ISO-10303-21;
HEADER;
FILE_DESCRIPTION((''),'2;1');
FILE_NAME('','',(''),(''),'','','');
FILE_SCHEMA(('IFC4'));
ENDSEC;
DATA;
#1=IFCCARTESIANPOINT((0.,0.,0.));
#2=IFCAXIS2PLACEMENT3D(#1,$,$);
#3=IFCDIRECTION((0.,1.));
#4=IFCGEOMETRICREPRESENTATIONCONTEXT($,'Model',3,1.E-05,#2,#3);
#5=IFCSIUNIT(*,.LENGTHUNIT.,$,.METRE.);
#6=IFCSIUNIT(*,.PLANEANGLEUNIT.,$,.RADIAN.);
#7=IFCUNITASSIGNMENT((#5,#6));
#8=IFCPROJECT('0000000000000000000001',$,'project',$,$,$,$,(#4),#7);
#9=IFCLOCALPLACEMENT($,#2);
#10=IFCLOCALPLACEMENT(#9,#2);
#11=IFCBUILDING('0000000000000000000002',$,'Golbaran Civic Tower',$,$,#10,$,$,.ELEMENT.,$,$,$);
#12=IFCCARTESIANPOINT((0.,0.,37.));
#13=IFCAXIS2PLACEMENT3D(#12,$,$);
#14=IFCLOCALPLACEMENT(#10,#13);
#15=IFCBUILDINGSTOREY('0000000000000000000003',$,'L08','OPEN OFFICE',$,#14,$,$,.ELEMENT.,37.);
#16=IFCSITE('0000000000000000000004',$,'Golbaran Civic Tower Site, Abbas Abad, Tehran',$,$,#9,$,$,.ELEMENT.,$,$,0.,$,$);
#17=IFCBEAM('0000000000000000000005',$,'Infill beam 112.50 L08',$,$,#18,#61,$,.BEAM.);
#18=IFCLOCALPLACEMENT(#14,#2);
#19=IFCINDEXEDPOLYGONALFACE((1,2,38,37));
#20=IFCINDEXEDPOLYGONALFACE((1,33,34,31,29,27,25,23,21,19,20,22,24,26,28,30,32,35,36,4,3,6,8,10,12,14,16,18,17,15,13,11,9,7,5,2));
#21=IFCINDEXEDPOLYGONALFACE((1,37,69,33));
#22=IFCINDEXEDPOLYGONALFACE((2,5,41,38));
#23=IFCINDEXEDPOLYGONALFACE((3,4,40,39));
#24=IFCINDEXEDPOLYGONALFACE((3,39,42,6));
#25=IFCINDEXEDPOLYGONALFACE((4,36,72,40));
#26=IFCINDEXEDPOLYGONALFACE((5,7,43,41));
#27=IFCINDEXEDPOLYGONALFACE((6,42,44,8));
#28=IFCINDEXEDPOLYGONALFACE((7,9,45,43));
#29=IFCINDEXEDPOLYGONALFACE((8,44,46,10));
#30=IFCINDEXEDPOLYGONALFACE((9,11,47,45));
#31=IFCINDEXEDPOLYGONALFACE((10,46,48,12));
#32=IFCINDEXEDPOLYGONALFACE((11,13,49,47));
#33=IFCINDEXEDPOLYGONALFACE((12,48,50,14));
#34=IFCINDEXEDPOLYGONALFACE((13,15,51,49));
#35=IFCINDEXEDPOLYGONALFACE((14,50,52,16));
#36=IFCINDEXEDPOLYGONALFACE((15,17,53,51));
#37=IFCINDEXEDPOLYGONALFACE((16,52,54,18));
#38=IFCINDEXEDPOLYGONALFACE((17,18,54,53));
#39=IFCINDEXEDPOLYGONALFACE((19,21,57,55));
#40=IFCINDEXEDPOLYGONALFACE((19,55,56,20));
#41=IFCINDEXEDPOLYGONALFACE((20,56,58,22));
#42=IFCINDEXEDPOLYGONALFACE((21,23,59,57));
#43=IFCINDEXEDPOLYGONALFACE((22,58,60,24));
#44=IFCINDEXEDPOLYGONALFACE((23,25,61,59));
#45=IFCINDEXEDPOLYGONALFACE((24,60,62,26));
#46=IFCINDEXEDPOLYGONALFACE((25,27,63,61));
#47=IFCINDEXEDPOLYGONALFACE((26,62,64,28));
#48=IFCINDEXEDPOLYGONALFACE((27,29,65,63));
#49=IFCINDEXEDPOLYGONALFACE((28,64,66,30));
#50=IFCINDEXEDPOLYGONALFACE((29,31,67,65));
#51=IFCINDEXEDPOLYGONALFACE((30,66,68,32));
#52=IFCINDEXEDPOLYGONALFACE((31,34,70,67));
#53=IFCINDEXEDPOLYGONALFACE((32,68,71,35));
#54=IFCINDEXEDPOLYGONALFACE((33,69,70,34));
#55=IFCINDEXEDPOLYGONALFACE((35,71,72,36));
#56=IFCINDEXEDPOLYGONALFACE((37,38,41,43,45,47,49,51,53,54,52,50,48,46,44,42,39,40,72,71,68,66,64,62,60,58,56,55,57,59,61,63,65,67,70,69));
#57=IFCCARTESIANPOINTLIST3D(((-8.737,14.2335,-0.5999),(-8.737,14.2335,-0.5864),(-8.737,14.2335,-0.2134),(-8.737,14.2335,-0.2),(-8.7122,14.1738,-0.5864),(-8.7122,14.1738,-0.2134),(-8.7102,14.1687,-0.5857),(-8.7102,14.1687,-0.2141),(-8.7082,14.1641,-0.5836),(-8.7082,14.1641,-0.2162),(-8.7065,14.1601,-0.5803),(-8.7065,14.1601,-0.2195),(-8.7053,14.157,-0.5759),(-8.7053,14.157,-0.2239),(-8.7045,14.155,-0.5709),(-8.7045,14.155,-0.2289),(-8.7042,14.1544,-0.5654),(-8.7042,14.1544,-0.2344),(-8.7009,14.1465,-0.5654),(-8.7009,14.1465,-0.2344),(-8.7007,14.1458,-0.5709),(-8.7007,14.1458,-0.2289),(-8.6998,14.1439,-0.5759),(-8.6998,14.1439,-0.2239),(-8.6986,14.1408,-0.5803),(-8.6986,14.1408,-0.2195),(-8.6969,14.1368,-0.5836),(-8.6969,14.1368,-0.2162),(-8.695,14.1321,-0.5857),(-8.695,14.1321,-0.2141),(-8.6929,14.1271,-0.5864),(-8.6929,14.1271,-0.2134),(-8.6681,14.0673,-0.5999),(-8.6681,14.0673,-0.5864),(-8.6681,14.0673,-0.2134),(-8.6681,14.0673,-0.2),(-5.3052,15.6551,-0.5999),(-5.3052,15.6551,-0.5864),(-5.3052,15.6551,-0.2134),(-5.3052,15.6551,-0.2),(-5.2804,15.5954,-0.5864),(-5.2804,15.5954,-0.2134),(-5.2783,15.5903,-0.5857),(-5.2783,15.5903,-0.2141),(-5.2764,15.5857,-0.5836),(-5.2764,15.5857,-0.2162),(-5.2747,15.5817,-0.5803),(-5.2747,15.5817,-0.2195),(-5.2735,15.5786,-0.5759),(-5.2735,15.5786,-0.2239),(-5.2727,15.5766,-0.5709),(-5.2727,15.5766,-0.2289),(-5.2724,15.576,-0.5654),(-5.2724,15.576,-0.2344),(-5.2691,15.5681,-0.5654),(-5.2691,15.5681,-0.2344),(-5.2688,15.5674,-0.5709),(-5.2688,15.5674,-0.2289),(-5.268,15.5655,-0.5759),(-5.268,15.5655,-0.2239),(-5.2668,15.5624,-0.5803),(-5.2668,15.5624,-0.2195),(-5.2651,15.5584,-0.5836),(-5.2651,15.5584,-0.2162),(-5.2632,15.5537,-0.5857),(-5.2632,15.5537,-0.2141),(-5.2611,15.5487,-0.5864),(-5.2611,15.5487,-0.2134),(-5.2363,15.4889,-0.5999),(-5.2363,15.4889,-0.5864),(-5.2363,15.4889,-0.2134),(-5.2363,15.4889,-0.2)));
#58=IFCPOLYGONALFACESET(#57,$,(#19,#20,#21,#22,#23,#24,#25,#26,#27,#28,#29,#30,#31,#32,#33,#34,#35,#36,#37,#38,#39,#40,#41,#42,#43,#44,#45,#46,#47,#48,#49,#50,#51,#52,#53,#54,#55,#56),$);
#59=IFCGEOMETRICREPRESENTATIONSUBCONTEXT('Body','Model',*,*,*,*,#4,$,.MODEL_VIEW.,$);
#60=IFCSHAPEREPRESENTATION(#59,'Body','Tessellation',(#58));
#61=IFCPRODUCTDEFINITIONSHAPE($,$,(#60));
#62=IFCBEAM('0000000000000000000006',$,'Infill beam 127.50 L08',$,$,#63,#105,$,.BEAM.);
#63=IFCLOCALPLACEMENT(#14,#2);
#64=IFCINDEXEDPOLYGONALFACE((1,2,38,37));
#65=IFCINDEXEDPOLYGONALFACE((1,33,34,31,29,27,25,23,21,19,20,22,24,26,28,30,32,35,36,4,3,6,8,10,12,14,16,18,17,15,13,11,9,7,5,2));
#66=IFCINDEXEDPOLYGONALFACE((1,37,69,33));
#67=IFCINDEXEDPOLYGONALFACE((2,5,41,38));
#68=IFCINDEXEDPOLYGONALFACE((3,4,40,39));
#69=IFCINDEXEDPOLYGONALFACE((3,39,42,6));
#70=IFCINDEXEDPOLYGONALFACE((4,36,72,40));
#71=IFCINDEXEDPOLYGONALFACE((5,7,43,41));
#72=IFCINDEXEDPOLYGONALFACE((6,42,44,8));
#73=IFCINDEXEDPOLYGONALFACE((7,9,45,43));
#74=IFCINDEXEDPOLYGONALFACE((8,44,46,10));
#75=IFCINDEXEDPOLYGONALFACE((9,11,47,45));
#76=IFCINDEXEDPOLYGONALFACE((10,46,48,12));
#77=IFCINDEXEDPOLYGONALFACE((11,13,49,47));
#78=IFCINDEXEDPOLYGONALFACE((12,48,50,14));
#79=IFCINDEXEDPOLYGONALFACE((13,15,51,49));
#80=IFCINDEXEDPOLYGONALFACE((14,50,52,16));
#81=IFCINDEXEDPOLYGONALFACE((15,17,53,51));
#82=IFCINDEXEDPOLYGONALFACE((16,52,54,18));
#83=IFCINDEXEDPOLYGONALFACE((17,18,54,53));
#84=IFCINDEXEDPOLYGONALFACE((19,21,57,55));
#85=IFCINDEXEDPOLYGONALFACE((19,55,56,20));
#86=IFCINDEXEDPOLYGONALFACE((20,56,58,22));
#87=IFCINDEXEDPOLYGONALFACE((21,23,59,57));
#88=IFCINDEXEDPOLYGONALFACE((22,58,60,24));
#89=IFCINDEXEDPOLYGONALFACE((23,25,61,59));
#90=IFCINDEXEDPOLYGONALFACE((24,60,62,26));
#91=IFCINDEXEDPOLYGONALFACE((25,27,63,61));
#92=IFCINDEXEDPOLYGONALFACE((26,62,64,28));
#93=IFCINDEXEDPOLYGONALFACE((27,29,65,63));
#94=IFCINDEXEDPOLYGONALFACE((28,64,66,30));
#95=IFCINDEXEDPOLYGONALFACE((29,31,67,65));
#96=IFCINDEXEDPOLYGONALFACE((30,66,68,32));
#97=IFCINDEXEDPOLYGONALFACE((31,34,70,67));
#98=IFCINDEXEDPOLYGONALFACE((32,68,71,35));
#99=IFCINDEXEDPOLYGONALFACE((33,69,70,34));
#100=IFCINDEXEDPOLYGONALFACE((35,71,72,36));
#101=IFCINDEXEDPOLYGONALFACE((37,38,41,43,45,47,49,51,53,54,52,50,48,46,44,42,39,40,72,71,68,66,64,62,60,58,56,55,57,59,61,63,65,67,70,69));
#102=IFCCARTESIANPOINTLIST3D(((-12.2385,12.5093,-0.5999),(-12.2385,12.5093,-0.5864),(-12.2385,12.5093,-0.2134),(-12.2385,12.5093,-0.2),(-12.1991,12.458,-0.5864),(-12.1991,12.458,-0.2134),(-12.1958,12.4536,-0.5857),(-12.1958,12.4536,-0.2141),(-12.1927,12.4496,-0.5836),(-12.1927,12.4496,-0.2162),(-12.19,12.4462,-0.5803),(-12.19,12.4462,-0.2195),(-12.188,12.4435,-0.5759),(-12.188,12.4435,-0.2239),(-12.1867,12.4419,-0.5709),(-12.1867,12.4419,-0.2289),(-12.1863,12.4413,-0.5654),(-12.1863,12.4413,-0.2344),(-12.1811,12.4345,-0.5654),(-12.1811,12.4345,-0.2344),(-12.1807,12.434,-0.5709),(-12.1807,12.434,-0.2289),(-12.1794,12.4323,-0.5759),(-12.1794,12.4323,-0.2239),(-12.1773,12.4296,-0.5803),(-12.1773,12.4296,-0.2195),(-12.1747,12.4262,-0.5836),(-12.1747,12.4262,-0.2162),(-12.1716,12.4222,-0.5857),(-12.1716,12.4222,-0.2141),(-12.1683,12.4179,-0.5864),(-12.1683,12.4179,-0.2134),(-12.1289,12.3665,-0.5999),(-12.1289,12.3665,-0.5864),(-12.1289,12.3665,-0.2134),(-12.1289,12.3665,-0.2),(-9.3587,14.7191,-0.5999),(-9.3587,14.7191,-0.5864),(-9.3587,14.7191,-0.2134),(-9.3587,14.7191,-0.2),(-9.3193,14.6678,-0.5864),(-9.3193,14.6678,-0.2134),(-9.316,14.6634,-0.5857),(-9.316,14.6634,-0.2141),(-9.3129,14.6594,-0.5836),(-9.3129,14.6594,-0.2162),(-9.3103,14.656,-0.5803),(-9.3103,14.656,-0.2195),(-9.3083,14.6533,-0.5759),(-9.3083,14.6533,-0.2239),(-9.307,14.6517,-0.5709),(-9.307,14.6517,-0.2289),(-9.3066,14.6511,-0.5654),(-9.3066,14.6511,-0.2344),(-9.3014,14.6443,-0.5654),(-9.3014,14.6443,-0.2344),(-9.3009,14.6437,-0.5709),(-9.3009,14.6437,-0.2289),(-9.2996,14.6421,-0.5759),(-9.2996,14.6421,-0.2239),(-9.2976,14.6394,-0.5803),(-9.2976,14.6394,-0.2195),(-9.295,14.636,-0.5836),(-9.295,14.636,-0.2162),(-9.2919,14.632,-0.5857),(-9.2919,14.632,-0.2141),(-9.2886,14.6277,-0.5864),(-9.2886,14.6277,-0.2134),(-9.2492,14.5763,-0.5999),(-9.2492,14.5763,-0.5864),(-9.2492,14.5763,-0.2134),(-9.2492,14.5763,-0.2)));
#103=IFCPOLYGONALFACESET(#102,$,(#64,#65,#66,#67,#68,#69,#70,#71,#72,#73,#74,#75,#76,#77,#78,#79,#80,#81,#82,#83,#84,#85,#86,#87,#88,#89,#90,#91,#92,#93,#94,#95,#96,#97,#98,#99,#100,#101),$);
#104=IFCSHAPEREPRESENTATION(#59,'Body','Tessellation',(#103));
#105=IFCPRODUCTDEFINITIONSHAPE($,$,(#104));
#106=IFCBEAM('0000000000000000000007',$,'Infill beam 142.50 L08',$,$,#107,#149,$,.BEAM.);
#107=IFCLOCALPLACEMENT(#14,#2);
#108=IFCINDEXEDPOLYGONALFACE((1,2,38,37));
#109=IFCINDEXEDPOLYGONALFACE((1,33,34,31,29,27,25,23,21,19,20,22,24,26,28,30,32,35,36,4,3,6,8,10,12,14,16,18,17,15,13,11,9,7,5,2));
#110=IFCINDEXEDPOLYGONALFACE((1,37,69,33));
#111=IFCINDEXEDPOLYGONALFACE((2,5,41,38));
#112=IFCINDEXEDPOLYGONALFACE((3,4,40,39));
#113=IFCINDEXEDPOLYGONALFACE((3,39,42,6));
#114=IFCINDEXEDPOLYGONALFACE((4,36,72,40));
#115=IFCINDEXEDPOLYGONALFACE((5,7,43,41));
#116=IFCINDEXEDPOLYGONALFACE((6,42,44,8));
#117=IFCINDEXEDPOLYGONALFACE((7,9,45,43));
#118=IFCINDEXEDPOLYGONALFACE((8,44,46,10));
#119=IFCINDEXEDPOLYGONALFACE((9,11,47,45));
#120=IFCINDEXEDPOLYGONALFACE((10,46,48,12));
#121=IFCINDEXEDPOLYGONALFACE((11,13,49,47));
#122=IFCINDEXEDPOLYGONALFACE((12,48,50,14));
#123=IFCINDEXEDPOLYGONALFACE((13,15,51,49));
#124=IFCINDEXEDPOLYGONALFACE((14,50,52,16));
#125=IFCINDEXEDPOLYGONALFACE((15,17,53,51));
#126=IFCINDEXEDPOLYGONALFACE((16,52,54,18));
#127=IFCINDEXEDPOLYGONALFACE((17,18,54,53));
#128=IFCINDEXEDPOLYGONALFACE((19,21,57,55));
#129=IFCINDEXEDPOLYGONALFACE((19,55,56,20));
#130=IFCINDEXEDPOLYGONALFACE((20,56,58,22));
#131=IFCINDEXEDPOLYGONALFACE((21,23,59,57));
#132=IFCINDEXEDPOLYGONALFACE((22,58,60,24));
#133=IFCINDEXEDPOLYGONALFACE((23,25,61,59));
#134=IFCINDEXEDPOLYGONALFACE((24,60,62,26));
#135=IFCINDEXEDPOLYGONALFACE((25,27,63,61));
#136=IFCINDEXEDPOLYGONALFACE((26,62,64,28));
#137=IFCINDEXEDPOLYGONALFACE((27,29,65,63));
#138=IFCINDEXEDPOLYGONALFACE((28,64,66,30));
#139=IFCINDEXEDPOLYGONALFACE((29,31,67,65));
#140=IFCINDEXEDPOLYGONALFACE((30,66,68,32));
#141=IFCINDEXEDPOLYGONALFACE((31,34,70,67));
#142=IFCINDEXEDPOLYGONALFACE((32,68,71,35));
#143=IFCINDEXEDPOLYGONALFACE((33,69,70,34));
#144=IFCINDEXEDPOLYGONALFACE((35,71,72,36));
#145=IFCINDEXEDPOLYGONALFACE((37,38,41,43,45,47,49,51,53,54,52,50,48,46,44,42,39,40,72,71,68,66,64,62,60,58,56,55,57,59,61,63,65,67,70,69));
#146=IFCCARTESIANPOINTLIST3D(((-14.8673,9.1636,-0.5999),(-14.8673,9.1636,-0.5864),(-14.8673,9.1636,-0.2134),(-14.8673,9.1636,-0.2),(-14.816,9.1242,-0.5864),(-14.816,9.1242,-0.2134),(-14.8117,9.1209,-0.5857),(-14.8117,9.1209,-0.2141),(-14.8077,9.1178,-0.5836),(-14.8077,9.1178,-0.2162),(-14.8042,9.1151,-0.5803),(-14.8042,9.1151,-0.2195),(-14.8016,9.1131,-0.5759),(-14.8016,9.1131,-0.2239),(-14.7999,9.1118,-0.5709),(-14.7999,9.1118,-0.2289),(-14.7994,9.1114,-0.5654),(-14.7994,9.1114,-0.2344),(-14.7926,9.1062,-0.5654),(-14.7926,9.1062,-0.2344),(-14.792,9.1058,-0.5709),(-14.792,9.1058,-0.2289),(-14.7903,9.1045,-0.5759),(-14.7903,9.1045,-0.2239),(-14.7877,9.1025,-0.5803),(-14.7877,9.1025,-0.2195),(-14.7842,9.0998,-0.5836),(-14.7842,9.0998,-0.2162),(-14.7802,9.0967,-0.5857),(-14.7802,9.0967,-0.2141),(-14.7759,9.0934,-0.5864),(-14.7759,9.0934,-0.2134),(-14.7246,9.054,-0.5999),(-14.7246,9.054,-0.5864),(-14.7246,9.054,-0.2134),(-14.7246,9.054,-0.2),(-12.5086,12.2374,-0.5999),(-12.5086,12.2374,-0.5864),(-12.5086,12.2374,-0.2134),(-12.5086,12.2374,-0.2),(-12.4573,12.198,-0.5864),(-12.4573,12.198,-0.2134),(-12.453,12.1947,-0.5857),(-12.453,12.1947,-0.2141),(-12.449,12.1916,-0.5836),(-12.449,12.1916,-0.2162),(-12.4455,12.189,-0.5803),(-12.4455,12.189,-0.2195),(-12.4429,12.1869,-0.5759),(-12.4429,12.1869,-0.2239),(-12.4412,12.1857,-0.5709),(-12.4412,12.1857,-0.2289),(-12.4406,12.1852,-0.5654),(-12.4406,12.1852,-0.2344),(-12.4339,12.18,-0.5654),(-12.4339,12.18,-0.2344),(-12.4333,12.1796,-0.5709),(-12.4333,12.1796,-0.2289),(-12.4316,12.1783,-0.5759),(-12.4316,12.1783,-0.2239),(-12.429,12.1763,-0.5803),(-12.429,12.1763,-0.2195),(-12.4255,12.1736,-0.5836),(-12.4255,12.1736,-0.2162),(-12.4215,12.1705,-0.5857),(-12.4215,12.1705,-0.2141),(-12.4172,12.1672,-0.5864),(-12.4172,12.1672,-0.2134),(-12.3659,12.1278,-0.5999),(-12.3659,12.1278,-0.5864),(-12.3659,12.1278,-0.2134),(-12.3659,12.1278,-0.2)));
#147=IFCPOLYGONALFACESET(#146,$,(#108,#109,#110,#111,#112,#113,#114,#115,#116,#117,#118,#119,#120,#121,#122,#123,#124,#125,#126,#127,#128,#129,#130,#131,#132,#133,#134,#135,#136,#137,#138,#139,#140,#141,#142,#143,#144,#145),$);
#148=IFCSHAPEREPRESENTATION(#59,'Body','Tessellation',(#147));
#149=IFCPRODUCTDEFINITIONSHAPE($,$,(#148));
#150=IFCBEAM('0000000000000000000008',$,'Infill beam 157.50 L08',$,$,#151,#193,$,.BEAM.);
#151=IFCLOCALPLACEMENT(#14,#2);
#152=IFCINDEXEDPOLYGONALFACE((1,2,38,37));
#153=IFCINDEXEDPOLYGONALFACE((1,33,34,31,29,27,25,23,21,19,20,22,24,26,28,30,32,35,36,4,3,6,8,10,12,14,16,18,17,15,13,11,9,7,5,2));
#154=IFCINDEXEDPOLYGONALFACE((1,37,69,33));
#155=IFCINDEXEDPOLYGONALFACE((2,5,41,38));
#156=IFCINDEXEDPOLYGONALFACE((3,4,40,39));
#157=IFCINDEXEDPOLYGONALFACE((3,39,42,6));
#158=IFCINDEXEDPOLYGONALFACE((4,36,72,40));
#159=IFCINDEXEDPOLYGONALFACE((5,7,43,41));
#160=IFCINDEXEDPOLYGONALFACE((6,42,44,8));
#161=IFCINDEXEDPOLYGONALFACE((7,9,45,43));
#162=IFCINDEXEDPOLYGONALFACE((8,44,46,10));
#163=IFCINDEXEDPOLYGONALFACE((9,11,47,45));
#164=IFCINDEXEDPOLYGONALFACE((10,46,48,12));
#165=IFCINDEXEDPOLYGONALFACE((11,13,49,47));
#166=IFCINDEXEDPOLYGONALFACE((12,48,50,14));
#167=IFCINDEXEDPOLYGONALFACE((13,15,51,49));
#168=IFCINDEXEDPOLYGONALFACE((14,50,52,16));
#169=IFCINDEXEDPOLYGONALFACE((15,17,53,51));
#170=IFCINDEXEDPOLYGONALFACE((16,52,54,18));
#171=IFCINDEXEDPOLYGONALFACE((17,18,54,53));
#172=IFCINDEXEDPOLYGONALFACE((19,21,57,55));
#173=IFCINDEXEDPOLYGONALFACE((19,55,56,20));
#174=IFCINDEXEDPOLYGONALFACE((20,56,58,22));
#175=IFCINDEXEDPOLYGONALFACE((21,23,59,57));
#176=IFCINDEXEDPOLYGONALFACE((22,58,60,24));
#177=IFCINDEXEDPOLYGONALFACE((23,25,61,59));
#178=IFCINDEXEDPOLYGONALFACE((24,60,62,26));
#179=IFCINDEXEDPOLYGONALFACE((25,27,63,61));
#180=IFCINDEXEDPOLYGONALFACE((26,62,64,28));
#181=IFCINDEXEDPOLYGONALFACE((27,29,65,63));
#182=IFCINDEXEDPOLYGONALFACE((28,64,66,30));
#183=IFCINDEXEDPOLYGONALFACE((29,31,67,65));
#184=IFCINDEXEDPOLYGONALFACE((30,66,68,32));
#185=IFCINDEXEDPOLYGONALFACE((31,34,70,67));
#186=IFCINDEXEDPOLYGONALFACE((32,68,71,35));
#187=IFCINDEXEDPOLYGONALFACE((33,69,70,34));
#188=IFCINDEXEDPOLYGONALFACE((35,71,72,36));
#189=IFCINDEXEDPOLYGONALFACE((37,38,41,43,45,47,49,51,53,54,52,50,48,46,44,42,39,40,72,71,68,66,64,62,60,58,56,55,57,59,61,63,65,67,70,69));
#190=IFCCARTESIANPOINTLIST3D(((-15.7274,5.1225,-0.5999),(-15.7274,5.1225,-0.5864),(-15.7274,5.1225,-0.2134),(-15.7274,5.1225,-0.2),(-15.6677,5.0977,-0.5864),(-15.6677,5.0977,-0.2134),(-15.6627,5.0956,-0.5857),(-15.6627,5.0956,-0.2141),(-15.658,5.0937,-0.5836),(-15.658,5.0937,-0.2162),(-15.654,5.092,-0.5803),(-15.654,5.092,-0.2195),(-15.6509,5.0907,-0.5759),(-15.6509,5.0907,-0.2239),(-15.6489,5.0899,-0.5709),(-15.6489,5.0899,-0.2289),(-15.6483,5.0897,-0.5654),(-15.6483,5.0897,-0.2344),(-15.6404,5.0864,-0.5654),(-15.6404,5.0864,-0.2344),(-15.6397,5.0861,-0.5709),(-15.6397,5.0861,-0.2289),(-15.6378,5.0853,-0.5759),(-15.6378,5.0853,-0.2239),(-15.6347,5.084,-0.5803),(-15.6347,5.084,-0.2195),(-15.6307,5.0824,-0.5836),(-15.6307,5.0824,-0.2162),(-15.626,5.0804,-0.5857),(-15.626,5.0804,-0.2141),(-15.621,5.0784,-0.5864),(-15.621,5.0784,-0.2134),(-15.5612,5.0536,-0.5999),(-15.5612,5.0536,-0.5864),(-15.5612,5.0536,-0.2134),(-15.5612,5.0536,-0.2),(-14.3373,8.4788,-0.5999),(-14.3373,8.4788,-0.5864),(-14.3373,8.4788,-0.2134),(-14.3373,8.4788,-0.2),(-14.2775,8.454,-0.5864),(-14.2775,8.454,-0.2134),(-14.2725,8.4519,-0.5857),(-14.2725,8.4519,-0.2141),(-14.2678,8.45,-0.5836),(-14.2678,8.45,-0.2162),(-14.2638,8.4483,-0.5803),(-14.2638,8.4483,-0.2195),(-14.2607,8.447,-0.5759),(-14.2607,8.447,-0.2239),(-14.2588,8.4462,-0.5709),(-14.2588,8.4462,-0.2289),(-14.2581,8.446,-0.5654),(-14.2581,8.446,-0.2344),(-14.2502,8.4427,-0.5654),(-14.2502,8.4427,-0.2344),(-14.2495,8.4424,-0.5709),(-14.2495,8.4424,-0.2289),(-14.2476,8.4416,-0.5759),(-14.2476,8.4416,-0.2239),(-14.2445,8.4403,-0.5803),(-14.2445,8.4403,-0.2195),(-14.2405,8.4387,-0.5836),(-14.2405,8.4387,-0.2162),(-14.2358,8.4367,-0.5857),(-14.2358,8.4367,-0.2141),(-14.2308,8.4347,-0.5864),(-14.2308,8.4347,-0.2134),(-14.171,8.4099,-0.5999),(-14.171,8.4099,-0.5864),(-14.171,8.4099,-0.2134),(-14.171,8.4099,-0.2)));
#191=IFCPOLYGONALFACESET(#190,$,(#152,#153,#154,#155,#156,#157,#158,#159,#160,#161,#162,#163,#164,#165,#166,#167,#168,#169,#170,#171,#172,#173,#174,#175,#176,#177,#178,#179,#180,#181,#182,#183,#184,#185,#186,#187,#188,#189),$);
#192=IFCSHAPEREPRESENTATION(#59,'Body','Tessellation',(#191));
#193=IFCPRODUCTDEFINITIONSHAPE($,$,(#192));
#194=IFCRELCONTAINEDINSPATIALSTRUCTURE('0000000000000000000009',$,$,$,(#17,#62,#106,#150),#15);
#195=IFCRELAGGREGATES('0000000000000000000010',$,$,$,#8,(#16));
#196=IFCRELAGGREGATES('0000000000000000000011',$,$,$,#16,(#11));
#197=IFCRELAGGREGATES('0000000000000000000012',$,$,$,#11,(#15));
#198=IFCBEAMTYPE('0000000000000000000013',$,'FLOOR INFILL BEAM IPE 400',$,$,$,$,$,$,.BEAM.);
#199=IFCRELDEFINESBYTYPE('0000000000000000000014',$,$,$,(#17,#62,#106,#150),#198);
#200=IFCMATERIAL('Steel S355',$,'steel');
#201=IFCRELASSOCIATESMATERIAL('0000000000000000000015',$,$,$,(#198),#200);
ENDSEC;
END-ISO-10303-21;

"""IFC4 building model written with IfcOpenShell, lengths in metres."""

from ifc_helpers import new_model, si_unit, direction, frame, origin, origin_2d, place, context, subcontext, project, spatial, i_section, extrude, material, material_profile, profile_set, type_object, element, save


model = new_model("IFC4")

# Units and contexts
model_context = context("Model", 3, precision=1e-05, world=origin(), true_north=direction((0.0, 1.0)))
body_context = subcontext(model_context, "Body", "Model", "MODEL_VIEW")
ifc_project = project(units=[si_unit("LENGTHUNIT", "METRE"), si_unit("PLANEANGLEUNIT", "RADIAN")], contexts=[model_context])

# Site, building, storey
site_placement = place(None, origin())
site = spatial("IfcSite", under=ifc_project, at=site_placement, Name="Golbaran Civic Tower Site, Abbas Abad, Tehran", CompositionType="ELEMENT", RefElevation=0.0)
building_placement = place(site_placement, origin())
building = spatial("IfcBuilding", under=site, at=building_placement, Name="Golbaran Civic Tower", CompositionType="ELEMENT")
storey_placement = place(building_placement, frame((0.0, 0.0, 37.0)))
storey = spatial("IfcBuildingStorey", under=building, at=storey_placement, Name="L08", Description="OPEN OFFICE", CompositionType="ELEMENT", Elevation=37.0)

# Beams
ifc_material_1 = material(Name="Steel S355", Category="steel")
ifc_material_profile_1 = material_profile(ifc_material_1, i_section(OverallWidth=0.1799, OverallDepth=0.3999, WebThickness=0.0085, FlangeThickness=0.0134, FilletRadius=0.021, at=origin_2d()), Name="IPE 400")
ifc_profile_set_1 = profile_set([ifc_material_profile_1], Name="Steel S355")
beam_type_1 = type_object("IfcBeamType", Name="FLOOR INFILL BEAM IPE 400", PredefinedType="BEAM", material=ifc_profile_set_1)
beam_1_placement = place(storey_placement, frame((-5.2708, 15.572, -0.3999), z_axis=(-0.92387, -0.382706, 0.0), x_axis=(0.382706, -0.92387, 0.0)))
element("IfcBeam", 1, at=beam_1_placement, inside=storey, type_object=beam_type_1, Name="Infill beam 112.50 L08", PredefinedType="BEAM", context=body_context, shape_type="SweptSolid", body=[
    extrude(i_section(OverallWidth=0.1799, OverallDepth=0.3999, WebThickness=0.0085, FlangeThickness=0.0134, FilletRadius=0.021, at=origin_2d()), origin(), (0.0, 0.0, 1.0), 3.7146),
])
beam_2_placement = place(storey_placement, frame((-9.304, 14.6477, -0.3999), z_axis=(-0.793341, -0.608777, 0.0), x_axis=(0.608777, -0.793341, 0.0)))
element("IfcBeam", 2, at=beam_2_placement, inside=storey, type_object=beam_type_1, Name="Infill beam 127.50 L08", PredefinedType="BEAM", context=body_context, shape_type="SweptSolid", body=[
    extrude(i_section(OverallWidth=0.1799, OverallDepth=0.3999, WebThickness=0.0085, FlangeThickness=0.0134, FilletRadius=0.021, at=origin_2d()), origin(), (0.0, 0.0, 1.0), 3.6299),
])
beam_3_placement = place(storey_placement, frame((-12.4373, 12.1826, -0.3999), z_axis=(-0.608775, -0.793343, 0.0), x_axis=(0.793343, -0.608775, 0.0)))
element("IfcBeam", 3, at=beam_3_placement, inside=storey, type_object=beam_type_1, Name="Infill beam 142.50 L08", PredefinedType="BEAM", context=body_context, shape_type="SweptSolid", body=[
    extrude(i_section(OverallWidth=0.1799, OverallDepth=0.3999, WebThickness=0.0085, FlangeThickness=0.0134, FilletRadius=0.021, at=origin_2d()), origin(), (0.0, 0.0, 1.0), 3.8745),
])
beam_4_placement = place(storey_placement, frame((-14.2542, 8.4443, -0.3999), z_axis=(-0.382672, -0.923884, 0.0), x_axis=(0.923884, -0.382672, 0.0)))
element("IfcBeam", 4, at=beam_4_placement, inside=storey, type_object=beam_type_1, Name="Infill beam 157.50 L08", PredefinedType="BEAM", context=body_context, shape_type="SweptSolid", body=[
    extrude(i_section(OverallWidth=0.1799, OverallDepth=0.3999, WebThickness=0.0085, FlangeThickness=0.0134, FilletRadius=0.021, at=origin_2d()), origin(), (0.0, 0.0, 1.0), 3.6328),
])

save(model, "model.ifc")
